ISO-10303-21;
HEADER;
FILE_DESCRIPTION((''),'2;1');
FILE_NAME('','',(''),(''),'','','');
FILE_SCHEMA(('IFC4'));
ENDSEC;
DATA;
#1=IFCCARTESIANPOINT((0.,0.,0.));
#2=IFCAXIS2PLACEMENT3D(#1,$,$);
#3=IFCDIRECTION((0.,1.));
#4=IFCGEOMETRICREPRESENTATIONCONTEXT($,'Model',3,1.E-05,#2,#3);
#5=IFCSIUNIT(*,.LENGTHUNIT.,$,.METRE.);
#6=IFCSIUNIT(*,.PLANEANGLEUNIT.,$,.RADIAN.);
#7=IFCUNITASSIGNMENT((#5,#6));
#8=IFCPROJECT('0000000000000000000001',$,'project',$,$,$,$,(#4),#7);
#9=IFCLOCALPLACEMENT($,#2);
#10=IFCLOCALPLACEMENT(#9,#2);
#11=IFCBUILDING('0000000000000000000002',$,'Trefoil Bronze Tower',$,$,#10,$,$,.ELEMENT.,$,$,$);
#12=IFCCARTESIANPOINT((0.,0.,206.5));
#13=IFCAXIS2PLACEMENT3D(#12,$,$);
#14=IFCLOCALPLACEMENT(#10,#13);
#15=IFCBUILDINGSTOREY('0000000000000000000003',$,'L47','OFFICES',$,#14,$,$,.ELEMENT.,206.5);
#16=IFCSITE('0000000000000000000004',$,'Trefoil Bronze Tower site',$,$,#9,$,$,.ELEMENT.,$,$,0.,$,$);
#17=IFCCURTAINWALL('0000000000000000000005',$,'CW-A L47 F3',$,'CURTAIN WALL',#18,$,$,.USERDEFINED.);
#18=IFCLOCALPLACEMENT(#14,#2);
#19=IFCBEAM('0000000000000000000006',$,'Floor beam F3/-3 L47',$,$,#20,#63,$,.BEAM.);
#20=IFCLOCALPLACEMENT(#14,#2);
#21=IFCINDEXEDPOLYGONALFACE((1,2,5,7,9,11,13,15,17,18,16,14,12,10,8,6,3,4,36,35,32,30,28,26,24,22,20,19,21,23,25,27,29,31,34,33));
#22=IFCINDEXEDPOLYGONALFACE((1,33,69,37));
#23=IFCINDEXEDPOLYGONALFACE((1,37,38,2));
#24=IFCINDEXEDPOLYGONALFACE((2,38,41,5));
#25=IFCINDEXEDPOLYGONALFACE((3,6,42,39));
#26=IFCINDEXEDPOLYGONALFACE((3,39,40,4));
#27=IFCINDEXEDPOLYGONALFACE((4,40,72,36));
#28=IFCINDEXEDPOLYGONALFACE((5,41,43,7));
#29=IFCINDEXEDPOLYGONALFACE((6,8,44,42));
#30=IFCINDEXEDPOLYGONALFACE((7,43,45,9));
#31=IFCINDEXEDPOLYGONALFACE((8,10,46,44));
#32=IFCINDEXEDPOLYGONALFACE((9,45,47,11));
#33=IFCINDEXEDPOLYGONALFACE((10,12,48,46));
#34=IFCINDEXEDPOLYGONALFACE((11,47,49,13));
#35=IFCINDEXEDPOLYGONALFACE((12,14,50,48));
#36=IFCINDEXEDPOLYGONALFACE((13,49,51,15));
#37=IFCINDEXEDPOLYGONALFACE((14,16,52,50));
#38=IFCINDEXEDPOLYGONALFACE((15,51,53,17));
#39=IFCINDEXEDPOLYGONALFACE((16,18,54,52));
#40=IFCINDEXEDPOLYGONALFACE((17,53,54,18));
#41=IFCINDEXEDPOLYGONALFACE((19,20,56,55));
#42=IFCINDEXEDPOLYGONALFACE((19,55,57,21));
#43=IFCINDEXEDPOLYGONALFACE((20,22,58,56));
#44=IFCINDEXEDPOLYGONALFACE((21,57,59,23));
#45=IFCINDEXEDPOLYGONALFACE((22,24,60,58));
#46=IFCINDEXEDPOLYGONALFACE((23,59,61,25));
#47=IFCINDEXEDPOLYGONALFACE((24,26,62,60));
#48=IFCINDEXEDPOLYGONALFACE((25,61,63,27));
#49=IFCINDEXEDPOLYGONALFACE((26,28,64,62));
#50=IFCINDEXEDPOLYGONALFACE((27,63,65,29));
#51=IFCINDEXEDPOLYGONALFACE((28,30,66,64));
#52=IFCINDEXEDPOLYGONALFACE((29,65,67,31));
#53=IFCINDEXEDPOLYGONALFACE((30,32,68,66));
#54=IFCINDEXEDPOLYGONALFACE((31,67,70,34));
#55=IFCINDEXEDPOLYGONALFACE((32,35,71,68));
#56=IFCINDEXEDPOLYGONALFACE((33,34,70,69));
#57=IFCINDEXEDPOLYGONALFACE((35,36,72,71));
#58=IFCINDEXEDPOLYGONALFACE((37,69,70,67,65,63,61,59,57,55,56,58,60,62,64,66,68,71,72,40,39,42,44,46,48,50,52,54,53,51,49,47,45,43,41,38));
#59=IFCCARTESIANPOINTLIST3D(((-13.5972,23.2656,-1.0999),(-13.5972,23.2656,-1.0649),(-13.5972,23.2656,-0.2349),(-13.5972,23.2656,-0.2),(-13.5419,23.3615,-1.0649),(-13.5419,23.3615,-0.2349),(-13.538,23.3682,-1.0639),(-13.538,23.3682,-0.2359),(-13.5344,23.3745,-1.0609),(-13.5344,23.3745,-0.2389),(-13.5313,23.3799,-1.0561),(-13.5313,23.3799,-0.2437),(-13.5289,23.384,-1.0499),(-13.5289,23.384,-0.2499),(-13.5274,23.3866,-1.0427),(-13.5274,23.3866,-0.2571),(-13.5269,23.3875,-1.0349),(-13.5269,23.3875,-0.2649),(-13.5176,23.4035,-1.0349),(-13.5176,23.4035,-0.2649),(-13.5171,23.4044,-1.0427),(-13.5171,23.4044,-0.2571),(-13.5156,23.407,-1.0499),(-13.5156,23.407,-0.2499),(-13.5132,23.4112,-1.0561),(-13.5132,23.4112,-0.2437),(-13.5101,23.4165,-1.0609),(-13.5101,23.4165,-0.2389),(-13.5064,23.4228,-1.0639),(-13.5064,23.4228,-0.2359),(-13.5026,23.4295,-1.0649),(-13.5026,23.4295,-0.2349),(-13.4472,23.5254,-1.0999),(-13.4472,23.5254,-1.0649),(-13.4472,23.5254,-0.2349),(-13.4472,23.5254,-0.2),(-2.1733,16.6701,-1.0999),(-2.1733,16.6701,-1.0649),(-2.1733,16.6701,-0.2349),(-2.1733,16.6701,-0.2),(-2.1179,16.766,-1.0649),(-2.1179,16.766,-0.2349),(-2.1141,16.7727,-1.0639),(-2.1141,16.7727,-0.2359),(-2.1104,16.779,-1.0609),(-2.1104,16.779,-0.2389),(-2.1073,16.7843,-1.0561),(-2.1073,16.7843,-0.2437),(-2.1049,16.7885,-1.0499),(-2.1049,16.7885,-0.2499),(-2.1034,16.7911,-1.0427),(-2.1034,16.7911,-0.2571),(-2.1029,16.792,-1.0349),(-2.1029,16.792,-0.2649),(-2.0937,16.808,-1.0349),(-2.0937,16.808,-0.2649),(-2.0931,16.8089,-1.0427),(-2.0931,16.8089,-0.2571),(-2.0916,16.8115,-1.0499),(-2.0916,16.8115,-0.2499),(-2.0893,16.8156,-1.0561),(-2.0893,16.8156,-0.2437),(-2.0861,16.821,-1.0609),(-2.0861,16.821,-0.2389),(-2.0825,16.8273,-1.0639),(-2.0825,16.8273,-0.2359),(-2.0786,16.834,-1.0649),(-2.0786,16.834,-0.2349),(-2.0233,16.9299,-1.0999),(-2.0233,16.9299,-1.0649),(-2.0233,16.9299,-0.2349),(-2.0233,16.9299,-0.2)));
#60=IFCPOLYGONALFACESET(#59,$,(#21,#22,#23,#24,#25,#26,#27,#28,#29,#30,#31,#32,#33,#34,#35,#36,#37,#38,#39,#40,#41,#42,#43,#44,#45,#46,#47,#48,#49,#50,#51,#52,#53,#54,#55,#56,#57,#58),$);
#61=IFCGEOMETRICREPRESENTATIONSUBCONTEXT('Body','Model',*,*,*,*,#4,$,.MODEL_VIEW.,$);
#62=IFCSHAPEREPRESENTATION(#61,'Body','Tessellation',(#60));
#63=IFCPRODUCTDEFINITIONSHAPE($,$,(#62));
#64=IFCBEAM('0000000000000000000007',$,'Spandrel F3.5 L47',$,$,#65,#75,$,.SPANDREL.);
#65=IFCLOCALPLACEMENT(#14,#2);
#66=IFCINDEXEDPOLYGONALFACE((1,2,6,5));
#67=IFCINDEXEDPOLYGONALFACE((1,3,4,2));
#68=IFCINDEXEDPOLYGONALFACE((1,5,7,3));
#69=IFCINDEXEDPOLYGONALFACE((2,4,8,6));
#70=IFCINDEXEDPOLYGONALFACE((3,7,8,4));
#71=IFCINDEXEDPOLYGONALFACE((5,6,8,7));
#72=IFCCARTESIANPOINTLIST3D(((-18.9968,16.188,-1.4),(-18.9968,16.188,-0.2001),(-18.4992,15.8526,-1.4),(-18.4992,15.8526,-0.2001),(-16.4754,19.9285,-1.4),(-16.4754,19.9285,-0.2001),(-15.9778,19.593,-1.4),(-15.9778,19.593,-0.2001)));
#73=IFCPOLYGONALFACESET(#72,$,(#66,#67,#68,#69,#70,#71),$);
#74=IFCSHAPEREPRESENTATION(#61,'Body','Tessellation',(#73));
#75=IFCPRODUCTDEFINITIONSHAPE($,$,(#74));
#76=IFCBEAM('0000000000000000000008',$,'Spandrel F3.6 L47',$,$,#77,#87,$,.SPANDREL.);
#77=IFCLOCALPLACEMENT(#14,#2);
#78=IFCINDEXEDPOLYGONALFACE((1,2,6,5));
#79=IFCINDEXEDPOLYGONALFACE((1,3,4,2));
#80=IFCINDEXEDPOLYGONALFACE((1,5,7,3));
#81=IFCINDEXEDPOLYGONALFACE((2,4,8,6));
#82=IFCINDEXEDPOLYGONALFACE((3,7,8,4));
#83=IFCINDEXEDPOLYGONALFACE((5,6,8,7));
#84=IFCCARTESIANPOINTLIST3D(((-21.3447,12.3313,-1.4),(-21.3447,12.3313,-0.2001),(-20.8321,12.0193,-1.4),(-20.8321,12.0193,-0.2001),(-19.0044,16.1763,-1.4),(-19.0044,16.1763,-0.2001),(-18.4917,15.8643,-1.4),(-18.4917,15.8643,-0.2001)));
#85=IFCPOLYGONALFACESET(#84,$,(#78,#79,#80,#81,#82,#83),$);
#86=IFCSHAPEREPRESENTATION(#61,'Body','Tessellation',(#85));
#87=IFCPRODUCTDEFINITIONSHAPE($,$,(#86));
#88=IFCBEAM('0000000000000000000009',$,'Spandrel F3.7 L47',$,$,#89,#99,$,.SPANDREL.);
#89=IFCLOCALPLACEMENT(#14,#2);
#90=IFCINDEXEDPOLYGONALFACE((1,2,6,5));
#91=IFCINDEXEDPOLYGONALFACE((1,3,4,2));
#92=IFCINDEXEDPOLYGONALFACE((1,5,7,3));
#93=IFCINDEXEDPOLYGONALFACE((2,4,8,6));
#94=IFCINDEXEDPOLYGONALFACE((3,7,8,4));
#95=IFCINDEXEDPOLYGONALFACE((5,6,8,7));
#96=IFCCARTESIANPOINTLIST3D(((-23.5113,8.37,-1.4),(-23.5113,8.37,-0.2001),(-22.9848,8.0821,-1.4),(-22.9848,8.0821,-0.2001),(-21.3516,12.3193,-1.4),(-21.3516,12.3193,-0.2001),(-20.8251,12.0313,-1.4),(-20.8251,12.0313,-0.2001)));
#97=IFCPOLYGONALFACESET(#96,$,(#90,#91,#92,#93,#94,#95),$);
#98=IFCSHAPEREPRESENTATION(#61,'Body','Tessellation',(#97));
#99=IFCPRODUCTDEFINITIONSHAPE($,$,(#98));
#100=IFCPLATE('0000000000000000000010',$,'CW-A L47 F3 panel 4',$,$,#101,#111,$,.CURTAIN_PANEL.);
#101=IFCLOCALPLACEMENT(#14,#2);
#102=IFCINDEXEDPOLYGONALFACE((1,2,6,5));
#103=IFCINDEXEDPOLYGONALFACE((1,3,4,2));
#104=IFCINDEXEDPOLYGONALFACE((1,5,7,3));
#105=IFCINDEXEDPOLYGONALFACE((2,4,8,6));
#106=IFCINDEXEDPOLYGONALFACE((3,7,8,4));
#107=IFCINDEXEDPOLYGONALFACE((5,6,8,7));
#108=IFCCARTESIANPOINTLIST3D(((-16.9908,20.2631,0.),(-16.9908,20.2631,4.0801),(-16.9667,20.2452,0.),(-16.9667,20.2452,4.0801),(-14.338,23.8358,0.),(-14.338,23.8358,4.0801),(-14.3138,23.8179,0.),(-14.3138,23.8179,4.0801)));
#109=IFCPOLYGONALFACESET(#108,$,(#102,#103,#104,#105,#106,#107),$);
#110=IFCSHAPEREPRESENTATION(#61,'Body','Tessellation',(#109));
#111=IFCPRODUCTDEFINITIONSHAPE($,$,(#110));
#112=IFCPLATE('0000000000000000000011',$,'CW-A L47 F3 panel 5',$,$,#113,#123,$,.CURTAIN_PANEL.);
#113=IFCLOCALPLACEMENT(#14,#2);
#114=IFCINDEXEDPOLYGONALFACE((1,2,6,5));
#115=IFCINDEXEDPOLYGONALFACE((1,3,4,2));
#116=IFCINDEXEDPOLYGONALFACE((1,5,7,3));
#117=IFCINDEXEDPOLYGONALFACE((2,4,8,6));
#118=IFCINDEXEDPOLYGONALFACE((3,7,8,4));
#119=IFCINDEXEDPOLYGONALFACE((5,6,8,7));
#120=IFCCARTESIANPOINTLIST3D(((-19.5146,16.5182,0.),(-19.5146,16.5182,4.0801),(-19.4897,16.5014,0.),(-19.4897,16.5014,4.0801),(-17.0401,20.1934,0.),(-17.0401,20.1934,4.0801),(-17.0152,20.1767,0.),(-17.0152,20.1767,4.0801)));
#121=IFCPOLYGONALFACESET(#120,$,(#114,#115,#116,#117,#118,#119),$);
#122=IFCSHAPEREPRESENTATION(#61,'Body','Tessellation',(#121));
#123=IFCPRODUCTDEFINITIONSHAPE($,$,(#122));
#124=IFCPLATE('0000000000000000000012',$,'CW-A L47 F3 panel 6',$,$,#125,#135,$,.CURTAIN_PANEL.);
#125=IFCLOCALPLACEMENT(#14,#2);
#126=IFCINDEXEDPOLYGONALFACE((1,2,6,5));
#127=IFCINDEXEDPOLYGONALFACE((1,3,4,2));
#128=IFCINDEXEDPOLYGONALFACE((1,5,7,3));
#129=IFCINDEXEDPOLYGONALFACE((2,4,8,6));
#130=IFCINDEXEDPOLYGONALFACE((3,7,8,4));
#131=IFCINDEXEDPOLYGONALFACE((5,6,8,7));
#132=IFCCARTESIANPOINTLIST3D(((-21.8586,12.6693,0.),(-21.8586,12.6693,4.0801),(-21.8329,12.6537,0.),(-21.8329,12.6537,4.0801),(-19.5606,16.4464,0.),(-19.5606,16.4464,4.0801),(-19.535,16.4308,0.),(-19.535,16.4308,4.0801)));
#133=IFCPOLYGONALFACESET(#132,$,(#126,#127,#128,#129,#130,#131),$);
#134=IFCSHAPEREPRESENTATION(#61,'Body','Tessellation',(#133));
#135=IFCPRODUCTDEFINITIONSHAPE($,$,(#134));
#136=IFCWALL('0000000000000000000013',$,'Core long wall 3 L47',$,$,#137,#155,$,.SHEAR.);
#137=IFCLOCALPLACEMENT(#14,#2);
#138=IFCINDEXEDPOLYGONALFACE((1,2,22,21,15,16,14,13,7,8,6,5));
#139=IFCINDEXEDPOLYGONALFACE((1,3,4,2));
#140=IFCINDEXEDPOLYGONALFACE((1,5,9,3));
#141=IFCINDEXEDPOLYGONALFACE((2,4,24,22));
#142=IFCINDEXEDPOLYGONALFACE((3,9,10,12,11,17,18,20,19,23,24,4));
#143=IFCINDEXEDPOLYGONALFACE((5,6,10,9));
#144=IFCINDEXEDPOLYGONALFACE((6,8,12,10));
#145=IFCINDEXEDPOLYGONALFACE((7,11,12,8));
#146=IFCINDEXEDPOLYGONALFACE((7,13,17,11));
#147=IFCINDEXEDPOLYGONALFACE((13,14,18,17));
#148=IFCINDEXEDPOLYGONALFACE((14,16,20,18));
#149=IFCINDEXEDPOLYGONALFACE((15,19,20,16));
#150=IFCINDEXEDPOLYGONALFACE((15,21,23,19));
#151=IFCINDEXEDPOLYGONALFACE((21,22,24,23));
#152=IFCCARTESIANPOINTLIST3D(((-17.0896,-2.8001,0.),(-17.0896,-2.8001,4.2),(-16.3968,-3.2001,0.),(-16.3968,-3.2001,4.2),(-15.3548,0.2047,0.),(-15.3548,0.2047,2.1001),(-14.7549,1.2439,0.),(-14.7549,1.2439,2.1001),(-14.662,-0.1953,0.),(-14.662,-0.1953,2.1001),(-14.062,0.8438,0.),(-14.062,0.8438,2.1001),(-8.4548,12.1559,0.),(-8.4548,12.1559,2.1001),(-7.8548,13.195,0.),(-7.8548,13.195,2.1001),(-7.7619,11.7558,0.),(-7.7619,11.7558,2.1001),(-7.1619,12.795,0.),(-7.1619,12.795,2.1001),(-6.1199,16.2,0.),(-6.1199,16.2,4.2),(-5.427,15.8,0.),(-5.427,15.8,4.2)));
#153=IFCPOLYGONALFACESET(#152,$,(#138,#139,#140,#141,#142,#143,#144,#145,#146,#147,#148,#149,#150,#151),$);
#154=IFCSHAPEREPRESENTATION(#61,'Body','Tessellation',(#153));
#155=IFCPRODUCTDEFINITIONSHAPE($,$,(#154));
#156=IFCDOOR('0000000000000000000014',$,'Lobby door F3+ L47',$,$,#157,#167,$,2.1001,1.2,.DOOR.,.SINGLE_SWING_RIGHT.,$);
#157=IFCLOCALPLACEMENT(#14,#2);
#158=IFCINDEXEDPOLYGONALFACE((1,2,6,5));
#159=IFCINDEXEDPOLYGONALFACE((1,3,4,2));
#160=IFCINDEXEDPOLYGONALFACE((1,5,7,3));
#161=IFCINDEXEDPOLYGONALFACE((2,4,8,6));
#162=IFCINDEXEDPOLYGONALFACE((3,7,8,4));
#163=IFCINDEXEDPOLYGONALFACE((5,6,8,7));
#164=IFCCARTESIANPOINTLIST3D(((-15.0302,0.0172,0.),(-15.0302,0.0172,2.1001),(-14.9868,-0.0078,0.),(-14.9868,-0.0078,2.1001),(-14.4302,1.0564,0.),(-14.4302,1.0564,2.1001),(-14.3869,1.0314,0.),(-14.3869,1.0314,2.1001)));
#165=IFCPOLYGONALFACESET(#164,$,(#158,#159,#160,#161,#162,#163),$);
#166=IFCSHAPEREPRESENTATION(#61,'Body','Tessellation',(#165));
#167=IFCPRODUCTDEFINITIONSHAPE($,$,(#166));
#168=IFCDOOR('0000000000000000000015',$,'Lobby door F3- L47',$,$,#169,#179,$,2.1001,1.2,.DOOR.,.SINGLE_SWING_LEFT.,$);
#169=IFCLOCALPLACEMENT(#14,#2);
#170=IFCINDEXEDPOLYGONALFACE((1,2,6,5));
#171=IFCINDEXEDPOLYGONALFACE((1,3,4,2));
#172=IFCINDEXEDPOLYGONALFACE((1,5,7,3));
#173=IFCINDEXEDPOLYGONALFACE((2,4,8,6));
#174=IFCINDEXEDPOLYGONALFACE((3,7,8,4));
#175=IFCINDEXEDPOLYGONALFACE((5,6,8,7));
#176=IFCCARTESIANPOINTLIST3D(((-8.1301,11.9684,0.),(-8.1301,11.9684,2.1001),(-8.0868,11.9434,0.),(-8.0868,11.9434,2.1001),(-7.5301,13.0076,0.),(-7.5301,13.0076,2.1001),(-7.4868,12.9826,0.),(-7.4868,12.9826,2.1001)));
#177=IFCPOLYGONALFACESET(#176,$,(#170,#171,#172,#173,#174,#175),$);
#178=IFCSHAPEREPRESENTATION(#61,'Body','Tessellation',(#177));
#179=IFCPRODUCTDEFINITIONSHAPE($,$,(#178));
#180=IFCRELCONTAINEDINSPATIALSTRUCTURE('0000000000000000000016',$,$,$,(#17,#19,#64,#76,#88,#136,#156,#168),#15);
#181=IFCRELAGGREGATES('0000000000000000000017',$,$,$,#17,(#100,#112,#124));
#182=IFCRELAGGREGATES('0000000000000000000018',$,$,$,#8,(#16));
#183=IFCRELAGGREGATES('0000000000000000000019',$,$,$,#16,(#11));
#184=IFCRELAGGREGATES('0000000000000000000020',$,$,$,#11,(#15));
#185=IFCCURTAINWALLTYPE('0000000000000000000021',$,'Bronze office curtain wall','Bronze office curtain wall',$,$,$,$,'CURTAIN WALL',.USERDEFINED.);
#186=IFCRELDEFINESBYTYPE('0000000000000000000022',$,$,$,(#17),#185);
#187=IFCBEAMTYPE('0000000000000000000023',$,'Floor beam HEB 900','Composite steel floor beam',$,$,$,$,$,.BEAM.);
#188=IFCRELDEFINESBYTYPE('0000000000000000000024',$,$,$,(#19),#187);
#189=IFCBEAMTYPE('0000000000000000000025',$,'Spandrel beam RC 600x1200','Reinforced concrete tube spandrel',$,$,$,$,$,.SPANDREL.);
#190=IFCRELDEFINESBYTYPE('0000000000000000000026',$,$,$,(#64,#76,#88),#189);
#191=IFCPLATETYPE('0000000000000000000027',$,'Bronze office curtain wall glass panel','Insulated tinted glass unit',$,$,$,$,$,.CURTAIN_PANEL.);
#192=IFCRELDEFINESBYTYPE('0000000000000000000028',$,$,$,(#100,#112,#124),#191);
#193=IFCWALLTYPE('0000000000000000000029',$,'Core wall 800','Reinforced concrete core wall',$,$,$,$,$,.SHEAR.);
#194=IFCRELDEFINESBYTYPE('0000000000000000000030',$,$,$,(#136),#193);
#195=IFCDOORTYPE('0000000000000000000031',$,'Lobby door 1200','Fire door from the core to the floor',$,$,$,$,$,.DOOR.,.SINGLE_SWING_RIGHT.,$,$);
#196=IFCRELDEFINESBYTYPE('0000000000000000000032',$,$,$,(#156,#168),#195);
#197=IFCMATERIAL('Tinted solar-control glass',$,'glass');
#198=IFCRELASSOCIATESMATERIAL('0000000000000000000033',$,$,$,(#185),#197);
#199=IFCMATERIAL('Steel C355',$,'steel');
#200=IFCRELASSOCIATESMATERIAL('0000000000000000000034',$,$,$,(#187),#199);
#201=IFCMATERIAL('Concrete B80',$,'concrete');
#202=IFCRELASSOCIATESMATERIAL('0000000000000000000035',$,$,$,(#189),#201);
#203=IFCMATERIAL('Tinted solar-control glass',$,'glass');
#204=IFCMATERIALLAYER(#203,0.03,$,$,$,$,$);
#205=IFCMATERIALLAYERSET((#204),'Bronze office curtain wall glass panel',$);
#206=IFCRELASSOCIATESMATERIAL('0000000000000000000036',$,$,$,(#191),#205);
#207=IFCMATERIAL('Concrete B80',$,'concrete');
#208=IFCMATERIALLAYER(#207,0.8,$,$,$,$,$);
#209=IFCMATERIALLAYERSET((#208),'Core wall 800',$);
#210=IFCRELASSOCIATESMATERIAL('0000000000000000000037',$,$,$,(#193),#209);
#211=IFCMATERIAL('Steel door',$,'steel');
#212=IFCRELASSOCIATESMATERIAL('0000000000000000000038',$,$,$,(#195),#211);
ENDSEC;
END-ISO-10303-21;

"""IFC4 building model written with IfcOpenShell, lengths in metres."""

from ifc_helpers import new_model, si_unit, direction, frame, frame_2d, origin, origin_2d, place, context, subcontext, project, spatial, rectangle, i_section, extrude, material, layer, layer_set, material_profile, profile_set, type_object, element, fill, aggregate, save


model = new_model("IFC4")

# Units and contexts
model_context = context("Model", 3, precision=1e-05, world=origin(), true_north=direction((0.0, 1.0)))
body_context = subcontext(model_context, "Body", "Model", "MODEL_VIEW")
ifc_project = project(units=[si_unit("LENGTHUNIT", "METRE"), si_unit("PLANEANGLEUNIT", "RADIAN")], contexts=[model_context])

# Site, building, storey
site_placement = place(None, origin())
site = spatial("IfcSite", under=ifc_project, at=site_placement, Name="Trefoil Bronze Tower site", CompositionType="ELEMENT", RefElevation=0.0)
building_placement = place(site_placement, origin())
building = spatial("IfcBuilding", under=site, at=building_placement, Name="Trefoil Bronze Tower", CompositionType="ELEMENT")
storey_placement = place(building_placement, frame((0.0, 0.0, 206.5)))
storey = spatial("IfcBuildingStorey", under=building, at=storey_placement, Name="L47", Description="OFFICES", CompositionType="ELEMENT", Elevation=206.5)

# Curtain wall
ifc_material_1 = material(Name="Tinted solar-control glass", Category="glass")
curtain_wall_type = type_object("IfcCurtainWallType", Name="Bronze office curtain wall", Description="Bronze office curtain wall", ElementType="CURTAIN WALL", PredefinedType="USERDEFINED", material=ifc_material_1)
curtain_wall_placement = place(storey_placement, origin())
curtain_wall = element("IfcCurtainWall", 1, at=curtain_wall_placement, inside=storey, type_object=curtain_wall_type, Name="CW-A L47 F3", ObjectType="CURTAIN WALL", PredefinedType="USERDEFINED")

# Beams
ifc_material_2 = material(Name="Steel C355", Category="steel")
ifc_material_profile_1 = material_profile(ifc_material_2, i_section(OverallWidth=0.3, OverallDepth=0.8999, WebThickness=0.0186, FlangeThickness=0.0349, FilletRadius=0.03, at=origin_2d()), Name="HEB 900")
ifc_profile_set_1 = profile_set([ifc_material_profile_1], Name="Steel C355")
beam_type_1 = type_object("IfcBeamType", Name="Floor beam HEB 900", Description="Composite steel floor beam", PredefinedType="BEAM", material=ifc_profile_set_1)
beam_1_placement = place(storey_placement, frame((-13.5222, 23.3955, -0.6499), z_axis=(0.866028, -0.499995, 0.0), x_axis=(0.499995, 0.866028, 0.0)))
element("IfcBeam", 2, at=beam_1_placement, inside=storey, type_object=beam_type_1, Name="Floor beam F3/-3 L47", PredefinedType="BEAM", context=body_context, shape_type="SweptSolid", body=[
    extrude(i_section(OverallWidth=0.3, OverallDepth=0.8999, WebThickness=0.0186, FlangeThickness=0.0349, FilletRadius=0.03, at=origin_2d()), origin(), (0.0, 0.0, 1.0), 13.1912),
])
ifc_material_3 = material(Name="Concrete B80", Category="concrete")
ifc_material_profile_2 = material_profile(ifc_material_3, rectangle(XDim=0.6001, YDim=1.2, at=origin_2d()), Name="RC 600x1200")
ifc_profile_set_2 = profile_set([ifc_material_profile_2], Name="Concrete B80")
beam_type_2 = type_object("IfcBeamType", Name="Spandrel beam RC 600x1200", Description="Reinforced concrete tube spandrel", PredefinedType="SPANDREL", material=ifc_profile_set_2)
beam_2_placement = place(storey_placement, frame((-16.2266, 19.7607, -0.8), z_axis=(-0.558964, -0.829192, 0.0), x_axis=(0.829192, -0.558964, 0.0)))
element("IfcBeam", 3, at=beam_2_placement, inside=storey, type_object=beam_type_2, Name="Spandrel F3.5 L47", PredefinedType="SPANDREL", context=body_context, shape_type="SweptSolid", body=[
    extrude(rectangle(XDim=0.6001, YDim=1.2, at=origin_2d()), origin(), (0.0, 0.0, 1.0), 4.511),
])
for number, where, z_axis, x_axis, name in (
    (4, (-18.748, 16.0203, -0.8), (-0.519933, -0.854207, 0.0), (0.854207, -0.519933, 0.0), "Spandrel F3.6 L47"),
    (5, (-21.0884, 12.1753, -0.8), (-0.479802, -0.877377, 0.0), (0.877377, -0.479802, 0.0), "Spandrel F3.7 L47"),
):
    element("IfcBeam", number, at=place(storey_placement, frame(where, z_axis=z_axis, x_axis=x_axis)), inside=storey, type_object=beam_type_2, Name=name, PredefinedType="SPANDREL", context=body_context, shape_type="SweptSolid", body=[
        extrude(rectangle(XDim=0.6001, YDim=1.2, at=origin_2d()), origin(), (0.0, 0.0, 1.0), 4.5012),
    ])

# Plates
ifc_material_4 = material(Name="Tinted solar-control glass", Category="glass")
ifc_layer_1 = layer(ifc_material_4, 0.03)
ifc_layer_set_1 = layer_set([ifc_layer_1], Name="Bronze office curtain wall glass panel")
plate_type = type_object("IfcPlateType", Name="Bronze office curtain wall glass panel", Description="Insulated tinted glass unit", PredefinedType="CURTAIN_PANEL", material=ifc_layer_set_1)
plate_1_placement = place(storey_placement, frame((-15.6523, 22.0405, 0.0), z_axis=(0.0, 0.0, 1.0), x_axis=(-0.596162, -0.802865, 0.0)))
plate_1 = element("IfcPlate", 6, at=plate_1_placement, type_object=plate_type, Name="CW-A L47 F3 panel 4", PredefinedType="CURTAIN_PANEL", context=body_context, shape_type="SweptSolid", body=[
    extrude(rectangle(XDim=4.45, YDim=0.03, at=origin_2d()), origin(), (0.0, 0.0, 1.0), 4.0801),
])
plate_2_placement = place(storey_placement, frame((-18.2649, 18.3474, 0.0), z_axis=(0.0, 0.0, 1.0), x_axis=(-0.558493, -0.829509, 0.0)))
plate_2 = element("IfcPlate", 7, at=plate_2_placement, type_object=plate_type, Name="CW-A L47 F3 panel 5", PredefinedType="CURTAIN_PANEL", context=body_context, shape_type="SweptSolid", body=[
    extrude(rectangle(XDim=4.4307, YDim=0.03, at=origin_2d()), origin(), (0.0, 0.0, 1.0), 4.0801),
])
plate_3_placement = place(storey_placement, frame((-20.6968, 14.55, 0.0), z_axis=(0.0, 0.0, 1.0), x_axis=(-0.519762, -0.854311, 0.0)))
plate_3 = element("IfcPlate", 8, at=plate_3_placement, type_object=plate_type, Name="CW-A L47 F3 panel 6", PredefinedType="CURTAIN_PANEL", context=body_context, shape_type="SweptSolid", body=[
    extrude(rectangle(XDim=4.4211, YDim=0.03, at=origin_2d()), origin(), (0.0, 0.0, 1.0), 4.0801),
])
aggregate(curtain_wall, [plate_1, plate_2, plate_3])

# Wall, openings, doors
ifc_material_5 = material(Name="Concrete B80", Category="concrete")
ifc_layer_2 = layer(ifc_material_5, 0.8)
ifc_layer_set_2 = layer_set([ifc_layer_2], Name="Core wall 800")
wall_type_1 = type_object("IfcWallType", Name="Core wall 800", Description="Reinforced concrete core wall", PredefinedType="SHEAR", material=ifc_layer_set_2)
wall_1_placement = place(storey_placement, frame((-5.7734, 16.0, 0.0), z_axis=(0.0, 0.0, 1.0), x_axis=(-0.500002, -0.866024, 0.0)))
wall_1 = element("IfcWall", 9, at=wall_1_placement, inside=storey, type_object=wall_type_1, Name="Core long wall 3 L47", PredefinedType="SHEAR", context=body_context, shape_type="SweptSolid", body=[
    extrude(rectangle(XDim=21.9395, YDim=0.8, at=frame_2d((10.9697, 0.0))), origin(), (0.0, 0.0, 1.0), 4.2),
])
opening_1_placement = place(wall_1_placement, frame((17.2698, 0.0, 0.0)))
opening_1 = element("IfcOpeningElement", 10, at=opening_1_placement, cuts=wall_1, PredefinedType="OPENING", context=body_context, shape_type="SweptSolid", body=[
    extrude(rectangle(XDim=1.2, YDim=2.1001, at=frame_2d((0.6001, 1.05))), frame((0.0, 0.4099, 0.0), z_axis=(0.0, -1.0, 0.0), x_axis=(1.0, 0.0, 0.0)), (0.0, 0.0, 1.0), 0.8201),
])
opening_2_placement = place(wall_1_placement, frame((3.4697, 0.0, 0.0)))
opening_2 = element("IfcOpeningElement", 11, at=opening_2_placement, cuts=wall_1, PredefinedType="OPENING", context=body_context, shape_type="SweptSolid", body=[
    extrude(rectangle(XDim=1.2, YDim=2.1001, at=frame_2d((0.6001, 1.05))), frame((0.0, 0.4099, 0.0), z_axis=(0.0, -1.0, 0.0), x_axis=(1.0, 0.0, 0.0)), (0.0, 0.0, 1.0), 0.8201),
])
ifc_material_6 = material(Name="Steel door", Category="steel")
door_type_1 = type_object("IfcDoorType", Name="Lobby door 1200", Description="Fire door from the core to the floor", OperationType="SINGLE_SWING_RIGHT", PredefinedType="DOOR", material=ifc_material_6)
door_1_placement = place(opening_1_placement, origin())
door_1 = element("IfcDoor", 12, at=door_1_placement, inside=storey, type_object=door_type_1, Name="Lobby door F3+ L47", OperationType="SINGLE_SWING_RIGHT", OverallHeight=2.1001, OverallWidth=1.2, PredefinedType="DOOR", context=body_context, shape_type="SweptSolid", body=[
    extrude(rectangle(XDim=1.2, YDim=2.1001, at=frame_2d((0.6001, 1.05))), frame((0.0, 0.0249, 0.0), z_axis=(0.0, -1.0, 0.0), x_axis=(1.0, 0.0, 0.0)), (0.0, 0.0, 1.0), 0.05),
])
fill(opening_1, door_1)
door_2_placement = place(opening_2_placement, origin())
door_2 = element("IfcDoor", 13, at=door_2_placement, inside=storey, type_object=door_type_1, Name="Lobby door F3- L47", OperationType="SINGLE_SWING_LEFT", OverallHeight=2.1001, OverallWidth=1.2, PredefinedType="DOOR", context=body_context, shape_type="SweptSolid", body=[
    extrude(rectangle(XDim=1.2, YDim=2.1001, at=frame_2d((0.6001, 1.05))), frame((0.0, 0.0249, 0.0), z_axis=(0.0, -1.0, 0.0), x_axis=(1.0, 0.0, 0.0)), (0.0, 0.0, 1.0), 0.05),
])
fill(opening_2, door_2)

save(model, "model.ifc")
